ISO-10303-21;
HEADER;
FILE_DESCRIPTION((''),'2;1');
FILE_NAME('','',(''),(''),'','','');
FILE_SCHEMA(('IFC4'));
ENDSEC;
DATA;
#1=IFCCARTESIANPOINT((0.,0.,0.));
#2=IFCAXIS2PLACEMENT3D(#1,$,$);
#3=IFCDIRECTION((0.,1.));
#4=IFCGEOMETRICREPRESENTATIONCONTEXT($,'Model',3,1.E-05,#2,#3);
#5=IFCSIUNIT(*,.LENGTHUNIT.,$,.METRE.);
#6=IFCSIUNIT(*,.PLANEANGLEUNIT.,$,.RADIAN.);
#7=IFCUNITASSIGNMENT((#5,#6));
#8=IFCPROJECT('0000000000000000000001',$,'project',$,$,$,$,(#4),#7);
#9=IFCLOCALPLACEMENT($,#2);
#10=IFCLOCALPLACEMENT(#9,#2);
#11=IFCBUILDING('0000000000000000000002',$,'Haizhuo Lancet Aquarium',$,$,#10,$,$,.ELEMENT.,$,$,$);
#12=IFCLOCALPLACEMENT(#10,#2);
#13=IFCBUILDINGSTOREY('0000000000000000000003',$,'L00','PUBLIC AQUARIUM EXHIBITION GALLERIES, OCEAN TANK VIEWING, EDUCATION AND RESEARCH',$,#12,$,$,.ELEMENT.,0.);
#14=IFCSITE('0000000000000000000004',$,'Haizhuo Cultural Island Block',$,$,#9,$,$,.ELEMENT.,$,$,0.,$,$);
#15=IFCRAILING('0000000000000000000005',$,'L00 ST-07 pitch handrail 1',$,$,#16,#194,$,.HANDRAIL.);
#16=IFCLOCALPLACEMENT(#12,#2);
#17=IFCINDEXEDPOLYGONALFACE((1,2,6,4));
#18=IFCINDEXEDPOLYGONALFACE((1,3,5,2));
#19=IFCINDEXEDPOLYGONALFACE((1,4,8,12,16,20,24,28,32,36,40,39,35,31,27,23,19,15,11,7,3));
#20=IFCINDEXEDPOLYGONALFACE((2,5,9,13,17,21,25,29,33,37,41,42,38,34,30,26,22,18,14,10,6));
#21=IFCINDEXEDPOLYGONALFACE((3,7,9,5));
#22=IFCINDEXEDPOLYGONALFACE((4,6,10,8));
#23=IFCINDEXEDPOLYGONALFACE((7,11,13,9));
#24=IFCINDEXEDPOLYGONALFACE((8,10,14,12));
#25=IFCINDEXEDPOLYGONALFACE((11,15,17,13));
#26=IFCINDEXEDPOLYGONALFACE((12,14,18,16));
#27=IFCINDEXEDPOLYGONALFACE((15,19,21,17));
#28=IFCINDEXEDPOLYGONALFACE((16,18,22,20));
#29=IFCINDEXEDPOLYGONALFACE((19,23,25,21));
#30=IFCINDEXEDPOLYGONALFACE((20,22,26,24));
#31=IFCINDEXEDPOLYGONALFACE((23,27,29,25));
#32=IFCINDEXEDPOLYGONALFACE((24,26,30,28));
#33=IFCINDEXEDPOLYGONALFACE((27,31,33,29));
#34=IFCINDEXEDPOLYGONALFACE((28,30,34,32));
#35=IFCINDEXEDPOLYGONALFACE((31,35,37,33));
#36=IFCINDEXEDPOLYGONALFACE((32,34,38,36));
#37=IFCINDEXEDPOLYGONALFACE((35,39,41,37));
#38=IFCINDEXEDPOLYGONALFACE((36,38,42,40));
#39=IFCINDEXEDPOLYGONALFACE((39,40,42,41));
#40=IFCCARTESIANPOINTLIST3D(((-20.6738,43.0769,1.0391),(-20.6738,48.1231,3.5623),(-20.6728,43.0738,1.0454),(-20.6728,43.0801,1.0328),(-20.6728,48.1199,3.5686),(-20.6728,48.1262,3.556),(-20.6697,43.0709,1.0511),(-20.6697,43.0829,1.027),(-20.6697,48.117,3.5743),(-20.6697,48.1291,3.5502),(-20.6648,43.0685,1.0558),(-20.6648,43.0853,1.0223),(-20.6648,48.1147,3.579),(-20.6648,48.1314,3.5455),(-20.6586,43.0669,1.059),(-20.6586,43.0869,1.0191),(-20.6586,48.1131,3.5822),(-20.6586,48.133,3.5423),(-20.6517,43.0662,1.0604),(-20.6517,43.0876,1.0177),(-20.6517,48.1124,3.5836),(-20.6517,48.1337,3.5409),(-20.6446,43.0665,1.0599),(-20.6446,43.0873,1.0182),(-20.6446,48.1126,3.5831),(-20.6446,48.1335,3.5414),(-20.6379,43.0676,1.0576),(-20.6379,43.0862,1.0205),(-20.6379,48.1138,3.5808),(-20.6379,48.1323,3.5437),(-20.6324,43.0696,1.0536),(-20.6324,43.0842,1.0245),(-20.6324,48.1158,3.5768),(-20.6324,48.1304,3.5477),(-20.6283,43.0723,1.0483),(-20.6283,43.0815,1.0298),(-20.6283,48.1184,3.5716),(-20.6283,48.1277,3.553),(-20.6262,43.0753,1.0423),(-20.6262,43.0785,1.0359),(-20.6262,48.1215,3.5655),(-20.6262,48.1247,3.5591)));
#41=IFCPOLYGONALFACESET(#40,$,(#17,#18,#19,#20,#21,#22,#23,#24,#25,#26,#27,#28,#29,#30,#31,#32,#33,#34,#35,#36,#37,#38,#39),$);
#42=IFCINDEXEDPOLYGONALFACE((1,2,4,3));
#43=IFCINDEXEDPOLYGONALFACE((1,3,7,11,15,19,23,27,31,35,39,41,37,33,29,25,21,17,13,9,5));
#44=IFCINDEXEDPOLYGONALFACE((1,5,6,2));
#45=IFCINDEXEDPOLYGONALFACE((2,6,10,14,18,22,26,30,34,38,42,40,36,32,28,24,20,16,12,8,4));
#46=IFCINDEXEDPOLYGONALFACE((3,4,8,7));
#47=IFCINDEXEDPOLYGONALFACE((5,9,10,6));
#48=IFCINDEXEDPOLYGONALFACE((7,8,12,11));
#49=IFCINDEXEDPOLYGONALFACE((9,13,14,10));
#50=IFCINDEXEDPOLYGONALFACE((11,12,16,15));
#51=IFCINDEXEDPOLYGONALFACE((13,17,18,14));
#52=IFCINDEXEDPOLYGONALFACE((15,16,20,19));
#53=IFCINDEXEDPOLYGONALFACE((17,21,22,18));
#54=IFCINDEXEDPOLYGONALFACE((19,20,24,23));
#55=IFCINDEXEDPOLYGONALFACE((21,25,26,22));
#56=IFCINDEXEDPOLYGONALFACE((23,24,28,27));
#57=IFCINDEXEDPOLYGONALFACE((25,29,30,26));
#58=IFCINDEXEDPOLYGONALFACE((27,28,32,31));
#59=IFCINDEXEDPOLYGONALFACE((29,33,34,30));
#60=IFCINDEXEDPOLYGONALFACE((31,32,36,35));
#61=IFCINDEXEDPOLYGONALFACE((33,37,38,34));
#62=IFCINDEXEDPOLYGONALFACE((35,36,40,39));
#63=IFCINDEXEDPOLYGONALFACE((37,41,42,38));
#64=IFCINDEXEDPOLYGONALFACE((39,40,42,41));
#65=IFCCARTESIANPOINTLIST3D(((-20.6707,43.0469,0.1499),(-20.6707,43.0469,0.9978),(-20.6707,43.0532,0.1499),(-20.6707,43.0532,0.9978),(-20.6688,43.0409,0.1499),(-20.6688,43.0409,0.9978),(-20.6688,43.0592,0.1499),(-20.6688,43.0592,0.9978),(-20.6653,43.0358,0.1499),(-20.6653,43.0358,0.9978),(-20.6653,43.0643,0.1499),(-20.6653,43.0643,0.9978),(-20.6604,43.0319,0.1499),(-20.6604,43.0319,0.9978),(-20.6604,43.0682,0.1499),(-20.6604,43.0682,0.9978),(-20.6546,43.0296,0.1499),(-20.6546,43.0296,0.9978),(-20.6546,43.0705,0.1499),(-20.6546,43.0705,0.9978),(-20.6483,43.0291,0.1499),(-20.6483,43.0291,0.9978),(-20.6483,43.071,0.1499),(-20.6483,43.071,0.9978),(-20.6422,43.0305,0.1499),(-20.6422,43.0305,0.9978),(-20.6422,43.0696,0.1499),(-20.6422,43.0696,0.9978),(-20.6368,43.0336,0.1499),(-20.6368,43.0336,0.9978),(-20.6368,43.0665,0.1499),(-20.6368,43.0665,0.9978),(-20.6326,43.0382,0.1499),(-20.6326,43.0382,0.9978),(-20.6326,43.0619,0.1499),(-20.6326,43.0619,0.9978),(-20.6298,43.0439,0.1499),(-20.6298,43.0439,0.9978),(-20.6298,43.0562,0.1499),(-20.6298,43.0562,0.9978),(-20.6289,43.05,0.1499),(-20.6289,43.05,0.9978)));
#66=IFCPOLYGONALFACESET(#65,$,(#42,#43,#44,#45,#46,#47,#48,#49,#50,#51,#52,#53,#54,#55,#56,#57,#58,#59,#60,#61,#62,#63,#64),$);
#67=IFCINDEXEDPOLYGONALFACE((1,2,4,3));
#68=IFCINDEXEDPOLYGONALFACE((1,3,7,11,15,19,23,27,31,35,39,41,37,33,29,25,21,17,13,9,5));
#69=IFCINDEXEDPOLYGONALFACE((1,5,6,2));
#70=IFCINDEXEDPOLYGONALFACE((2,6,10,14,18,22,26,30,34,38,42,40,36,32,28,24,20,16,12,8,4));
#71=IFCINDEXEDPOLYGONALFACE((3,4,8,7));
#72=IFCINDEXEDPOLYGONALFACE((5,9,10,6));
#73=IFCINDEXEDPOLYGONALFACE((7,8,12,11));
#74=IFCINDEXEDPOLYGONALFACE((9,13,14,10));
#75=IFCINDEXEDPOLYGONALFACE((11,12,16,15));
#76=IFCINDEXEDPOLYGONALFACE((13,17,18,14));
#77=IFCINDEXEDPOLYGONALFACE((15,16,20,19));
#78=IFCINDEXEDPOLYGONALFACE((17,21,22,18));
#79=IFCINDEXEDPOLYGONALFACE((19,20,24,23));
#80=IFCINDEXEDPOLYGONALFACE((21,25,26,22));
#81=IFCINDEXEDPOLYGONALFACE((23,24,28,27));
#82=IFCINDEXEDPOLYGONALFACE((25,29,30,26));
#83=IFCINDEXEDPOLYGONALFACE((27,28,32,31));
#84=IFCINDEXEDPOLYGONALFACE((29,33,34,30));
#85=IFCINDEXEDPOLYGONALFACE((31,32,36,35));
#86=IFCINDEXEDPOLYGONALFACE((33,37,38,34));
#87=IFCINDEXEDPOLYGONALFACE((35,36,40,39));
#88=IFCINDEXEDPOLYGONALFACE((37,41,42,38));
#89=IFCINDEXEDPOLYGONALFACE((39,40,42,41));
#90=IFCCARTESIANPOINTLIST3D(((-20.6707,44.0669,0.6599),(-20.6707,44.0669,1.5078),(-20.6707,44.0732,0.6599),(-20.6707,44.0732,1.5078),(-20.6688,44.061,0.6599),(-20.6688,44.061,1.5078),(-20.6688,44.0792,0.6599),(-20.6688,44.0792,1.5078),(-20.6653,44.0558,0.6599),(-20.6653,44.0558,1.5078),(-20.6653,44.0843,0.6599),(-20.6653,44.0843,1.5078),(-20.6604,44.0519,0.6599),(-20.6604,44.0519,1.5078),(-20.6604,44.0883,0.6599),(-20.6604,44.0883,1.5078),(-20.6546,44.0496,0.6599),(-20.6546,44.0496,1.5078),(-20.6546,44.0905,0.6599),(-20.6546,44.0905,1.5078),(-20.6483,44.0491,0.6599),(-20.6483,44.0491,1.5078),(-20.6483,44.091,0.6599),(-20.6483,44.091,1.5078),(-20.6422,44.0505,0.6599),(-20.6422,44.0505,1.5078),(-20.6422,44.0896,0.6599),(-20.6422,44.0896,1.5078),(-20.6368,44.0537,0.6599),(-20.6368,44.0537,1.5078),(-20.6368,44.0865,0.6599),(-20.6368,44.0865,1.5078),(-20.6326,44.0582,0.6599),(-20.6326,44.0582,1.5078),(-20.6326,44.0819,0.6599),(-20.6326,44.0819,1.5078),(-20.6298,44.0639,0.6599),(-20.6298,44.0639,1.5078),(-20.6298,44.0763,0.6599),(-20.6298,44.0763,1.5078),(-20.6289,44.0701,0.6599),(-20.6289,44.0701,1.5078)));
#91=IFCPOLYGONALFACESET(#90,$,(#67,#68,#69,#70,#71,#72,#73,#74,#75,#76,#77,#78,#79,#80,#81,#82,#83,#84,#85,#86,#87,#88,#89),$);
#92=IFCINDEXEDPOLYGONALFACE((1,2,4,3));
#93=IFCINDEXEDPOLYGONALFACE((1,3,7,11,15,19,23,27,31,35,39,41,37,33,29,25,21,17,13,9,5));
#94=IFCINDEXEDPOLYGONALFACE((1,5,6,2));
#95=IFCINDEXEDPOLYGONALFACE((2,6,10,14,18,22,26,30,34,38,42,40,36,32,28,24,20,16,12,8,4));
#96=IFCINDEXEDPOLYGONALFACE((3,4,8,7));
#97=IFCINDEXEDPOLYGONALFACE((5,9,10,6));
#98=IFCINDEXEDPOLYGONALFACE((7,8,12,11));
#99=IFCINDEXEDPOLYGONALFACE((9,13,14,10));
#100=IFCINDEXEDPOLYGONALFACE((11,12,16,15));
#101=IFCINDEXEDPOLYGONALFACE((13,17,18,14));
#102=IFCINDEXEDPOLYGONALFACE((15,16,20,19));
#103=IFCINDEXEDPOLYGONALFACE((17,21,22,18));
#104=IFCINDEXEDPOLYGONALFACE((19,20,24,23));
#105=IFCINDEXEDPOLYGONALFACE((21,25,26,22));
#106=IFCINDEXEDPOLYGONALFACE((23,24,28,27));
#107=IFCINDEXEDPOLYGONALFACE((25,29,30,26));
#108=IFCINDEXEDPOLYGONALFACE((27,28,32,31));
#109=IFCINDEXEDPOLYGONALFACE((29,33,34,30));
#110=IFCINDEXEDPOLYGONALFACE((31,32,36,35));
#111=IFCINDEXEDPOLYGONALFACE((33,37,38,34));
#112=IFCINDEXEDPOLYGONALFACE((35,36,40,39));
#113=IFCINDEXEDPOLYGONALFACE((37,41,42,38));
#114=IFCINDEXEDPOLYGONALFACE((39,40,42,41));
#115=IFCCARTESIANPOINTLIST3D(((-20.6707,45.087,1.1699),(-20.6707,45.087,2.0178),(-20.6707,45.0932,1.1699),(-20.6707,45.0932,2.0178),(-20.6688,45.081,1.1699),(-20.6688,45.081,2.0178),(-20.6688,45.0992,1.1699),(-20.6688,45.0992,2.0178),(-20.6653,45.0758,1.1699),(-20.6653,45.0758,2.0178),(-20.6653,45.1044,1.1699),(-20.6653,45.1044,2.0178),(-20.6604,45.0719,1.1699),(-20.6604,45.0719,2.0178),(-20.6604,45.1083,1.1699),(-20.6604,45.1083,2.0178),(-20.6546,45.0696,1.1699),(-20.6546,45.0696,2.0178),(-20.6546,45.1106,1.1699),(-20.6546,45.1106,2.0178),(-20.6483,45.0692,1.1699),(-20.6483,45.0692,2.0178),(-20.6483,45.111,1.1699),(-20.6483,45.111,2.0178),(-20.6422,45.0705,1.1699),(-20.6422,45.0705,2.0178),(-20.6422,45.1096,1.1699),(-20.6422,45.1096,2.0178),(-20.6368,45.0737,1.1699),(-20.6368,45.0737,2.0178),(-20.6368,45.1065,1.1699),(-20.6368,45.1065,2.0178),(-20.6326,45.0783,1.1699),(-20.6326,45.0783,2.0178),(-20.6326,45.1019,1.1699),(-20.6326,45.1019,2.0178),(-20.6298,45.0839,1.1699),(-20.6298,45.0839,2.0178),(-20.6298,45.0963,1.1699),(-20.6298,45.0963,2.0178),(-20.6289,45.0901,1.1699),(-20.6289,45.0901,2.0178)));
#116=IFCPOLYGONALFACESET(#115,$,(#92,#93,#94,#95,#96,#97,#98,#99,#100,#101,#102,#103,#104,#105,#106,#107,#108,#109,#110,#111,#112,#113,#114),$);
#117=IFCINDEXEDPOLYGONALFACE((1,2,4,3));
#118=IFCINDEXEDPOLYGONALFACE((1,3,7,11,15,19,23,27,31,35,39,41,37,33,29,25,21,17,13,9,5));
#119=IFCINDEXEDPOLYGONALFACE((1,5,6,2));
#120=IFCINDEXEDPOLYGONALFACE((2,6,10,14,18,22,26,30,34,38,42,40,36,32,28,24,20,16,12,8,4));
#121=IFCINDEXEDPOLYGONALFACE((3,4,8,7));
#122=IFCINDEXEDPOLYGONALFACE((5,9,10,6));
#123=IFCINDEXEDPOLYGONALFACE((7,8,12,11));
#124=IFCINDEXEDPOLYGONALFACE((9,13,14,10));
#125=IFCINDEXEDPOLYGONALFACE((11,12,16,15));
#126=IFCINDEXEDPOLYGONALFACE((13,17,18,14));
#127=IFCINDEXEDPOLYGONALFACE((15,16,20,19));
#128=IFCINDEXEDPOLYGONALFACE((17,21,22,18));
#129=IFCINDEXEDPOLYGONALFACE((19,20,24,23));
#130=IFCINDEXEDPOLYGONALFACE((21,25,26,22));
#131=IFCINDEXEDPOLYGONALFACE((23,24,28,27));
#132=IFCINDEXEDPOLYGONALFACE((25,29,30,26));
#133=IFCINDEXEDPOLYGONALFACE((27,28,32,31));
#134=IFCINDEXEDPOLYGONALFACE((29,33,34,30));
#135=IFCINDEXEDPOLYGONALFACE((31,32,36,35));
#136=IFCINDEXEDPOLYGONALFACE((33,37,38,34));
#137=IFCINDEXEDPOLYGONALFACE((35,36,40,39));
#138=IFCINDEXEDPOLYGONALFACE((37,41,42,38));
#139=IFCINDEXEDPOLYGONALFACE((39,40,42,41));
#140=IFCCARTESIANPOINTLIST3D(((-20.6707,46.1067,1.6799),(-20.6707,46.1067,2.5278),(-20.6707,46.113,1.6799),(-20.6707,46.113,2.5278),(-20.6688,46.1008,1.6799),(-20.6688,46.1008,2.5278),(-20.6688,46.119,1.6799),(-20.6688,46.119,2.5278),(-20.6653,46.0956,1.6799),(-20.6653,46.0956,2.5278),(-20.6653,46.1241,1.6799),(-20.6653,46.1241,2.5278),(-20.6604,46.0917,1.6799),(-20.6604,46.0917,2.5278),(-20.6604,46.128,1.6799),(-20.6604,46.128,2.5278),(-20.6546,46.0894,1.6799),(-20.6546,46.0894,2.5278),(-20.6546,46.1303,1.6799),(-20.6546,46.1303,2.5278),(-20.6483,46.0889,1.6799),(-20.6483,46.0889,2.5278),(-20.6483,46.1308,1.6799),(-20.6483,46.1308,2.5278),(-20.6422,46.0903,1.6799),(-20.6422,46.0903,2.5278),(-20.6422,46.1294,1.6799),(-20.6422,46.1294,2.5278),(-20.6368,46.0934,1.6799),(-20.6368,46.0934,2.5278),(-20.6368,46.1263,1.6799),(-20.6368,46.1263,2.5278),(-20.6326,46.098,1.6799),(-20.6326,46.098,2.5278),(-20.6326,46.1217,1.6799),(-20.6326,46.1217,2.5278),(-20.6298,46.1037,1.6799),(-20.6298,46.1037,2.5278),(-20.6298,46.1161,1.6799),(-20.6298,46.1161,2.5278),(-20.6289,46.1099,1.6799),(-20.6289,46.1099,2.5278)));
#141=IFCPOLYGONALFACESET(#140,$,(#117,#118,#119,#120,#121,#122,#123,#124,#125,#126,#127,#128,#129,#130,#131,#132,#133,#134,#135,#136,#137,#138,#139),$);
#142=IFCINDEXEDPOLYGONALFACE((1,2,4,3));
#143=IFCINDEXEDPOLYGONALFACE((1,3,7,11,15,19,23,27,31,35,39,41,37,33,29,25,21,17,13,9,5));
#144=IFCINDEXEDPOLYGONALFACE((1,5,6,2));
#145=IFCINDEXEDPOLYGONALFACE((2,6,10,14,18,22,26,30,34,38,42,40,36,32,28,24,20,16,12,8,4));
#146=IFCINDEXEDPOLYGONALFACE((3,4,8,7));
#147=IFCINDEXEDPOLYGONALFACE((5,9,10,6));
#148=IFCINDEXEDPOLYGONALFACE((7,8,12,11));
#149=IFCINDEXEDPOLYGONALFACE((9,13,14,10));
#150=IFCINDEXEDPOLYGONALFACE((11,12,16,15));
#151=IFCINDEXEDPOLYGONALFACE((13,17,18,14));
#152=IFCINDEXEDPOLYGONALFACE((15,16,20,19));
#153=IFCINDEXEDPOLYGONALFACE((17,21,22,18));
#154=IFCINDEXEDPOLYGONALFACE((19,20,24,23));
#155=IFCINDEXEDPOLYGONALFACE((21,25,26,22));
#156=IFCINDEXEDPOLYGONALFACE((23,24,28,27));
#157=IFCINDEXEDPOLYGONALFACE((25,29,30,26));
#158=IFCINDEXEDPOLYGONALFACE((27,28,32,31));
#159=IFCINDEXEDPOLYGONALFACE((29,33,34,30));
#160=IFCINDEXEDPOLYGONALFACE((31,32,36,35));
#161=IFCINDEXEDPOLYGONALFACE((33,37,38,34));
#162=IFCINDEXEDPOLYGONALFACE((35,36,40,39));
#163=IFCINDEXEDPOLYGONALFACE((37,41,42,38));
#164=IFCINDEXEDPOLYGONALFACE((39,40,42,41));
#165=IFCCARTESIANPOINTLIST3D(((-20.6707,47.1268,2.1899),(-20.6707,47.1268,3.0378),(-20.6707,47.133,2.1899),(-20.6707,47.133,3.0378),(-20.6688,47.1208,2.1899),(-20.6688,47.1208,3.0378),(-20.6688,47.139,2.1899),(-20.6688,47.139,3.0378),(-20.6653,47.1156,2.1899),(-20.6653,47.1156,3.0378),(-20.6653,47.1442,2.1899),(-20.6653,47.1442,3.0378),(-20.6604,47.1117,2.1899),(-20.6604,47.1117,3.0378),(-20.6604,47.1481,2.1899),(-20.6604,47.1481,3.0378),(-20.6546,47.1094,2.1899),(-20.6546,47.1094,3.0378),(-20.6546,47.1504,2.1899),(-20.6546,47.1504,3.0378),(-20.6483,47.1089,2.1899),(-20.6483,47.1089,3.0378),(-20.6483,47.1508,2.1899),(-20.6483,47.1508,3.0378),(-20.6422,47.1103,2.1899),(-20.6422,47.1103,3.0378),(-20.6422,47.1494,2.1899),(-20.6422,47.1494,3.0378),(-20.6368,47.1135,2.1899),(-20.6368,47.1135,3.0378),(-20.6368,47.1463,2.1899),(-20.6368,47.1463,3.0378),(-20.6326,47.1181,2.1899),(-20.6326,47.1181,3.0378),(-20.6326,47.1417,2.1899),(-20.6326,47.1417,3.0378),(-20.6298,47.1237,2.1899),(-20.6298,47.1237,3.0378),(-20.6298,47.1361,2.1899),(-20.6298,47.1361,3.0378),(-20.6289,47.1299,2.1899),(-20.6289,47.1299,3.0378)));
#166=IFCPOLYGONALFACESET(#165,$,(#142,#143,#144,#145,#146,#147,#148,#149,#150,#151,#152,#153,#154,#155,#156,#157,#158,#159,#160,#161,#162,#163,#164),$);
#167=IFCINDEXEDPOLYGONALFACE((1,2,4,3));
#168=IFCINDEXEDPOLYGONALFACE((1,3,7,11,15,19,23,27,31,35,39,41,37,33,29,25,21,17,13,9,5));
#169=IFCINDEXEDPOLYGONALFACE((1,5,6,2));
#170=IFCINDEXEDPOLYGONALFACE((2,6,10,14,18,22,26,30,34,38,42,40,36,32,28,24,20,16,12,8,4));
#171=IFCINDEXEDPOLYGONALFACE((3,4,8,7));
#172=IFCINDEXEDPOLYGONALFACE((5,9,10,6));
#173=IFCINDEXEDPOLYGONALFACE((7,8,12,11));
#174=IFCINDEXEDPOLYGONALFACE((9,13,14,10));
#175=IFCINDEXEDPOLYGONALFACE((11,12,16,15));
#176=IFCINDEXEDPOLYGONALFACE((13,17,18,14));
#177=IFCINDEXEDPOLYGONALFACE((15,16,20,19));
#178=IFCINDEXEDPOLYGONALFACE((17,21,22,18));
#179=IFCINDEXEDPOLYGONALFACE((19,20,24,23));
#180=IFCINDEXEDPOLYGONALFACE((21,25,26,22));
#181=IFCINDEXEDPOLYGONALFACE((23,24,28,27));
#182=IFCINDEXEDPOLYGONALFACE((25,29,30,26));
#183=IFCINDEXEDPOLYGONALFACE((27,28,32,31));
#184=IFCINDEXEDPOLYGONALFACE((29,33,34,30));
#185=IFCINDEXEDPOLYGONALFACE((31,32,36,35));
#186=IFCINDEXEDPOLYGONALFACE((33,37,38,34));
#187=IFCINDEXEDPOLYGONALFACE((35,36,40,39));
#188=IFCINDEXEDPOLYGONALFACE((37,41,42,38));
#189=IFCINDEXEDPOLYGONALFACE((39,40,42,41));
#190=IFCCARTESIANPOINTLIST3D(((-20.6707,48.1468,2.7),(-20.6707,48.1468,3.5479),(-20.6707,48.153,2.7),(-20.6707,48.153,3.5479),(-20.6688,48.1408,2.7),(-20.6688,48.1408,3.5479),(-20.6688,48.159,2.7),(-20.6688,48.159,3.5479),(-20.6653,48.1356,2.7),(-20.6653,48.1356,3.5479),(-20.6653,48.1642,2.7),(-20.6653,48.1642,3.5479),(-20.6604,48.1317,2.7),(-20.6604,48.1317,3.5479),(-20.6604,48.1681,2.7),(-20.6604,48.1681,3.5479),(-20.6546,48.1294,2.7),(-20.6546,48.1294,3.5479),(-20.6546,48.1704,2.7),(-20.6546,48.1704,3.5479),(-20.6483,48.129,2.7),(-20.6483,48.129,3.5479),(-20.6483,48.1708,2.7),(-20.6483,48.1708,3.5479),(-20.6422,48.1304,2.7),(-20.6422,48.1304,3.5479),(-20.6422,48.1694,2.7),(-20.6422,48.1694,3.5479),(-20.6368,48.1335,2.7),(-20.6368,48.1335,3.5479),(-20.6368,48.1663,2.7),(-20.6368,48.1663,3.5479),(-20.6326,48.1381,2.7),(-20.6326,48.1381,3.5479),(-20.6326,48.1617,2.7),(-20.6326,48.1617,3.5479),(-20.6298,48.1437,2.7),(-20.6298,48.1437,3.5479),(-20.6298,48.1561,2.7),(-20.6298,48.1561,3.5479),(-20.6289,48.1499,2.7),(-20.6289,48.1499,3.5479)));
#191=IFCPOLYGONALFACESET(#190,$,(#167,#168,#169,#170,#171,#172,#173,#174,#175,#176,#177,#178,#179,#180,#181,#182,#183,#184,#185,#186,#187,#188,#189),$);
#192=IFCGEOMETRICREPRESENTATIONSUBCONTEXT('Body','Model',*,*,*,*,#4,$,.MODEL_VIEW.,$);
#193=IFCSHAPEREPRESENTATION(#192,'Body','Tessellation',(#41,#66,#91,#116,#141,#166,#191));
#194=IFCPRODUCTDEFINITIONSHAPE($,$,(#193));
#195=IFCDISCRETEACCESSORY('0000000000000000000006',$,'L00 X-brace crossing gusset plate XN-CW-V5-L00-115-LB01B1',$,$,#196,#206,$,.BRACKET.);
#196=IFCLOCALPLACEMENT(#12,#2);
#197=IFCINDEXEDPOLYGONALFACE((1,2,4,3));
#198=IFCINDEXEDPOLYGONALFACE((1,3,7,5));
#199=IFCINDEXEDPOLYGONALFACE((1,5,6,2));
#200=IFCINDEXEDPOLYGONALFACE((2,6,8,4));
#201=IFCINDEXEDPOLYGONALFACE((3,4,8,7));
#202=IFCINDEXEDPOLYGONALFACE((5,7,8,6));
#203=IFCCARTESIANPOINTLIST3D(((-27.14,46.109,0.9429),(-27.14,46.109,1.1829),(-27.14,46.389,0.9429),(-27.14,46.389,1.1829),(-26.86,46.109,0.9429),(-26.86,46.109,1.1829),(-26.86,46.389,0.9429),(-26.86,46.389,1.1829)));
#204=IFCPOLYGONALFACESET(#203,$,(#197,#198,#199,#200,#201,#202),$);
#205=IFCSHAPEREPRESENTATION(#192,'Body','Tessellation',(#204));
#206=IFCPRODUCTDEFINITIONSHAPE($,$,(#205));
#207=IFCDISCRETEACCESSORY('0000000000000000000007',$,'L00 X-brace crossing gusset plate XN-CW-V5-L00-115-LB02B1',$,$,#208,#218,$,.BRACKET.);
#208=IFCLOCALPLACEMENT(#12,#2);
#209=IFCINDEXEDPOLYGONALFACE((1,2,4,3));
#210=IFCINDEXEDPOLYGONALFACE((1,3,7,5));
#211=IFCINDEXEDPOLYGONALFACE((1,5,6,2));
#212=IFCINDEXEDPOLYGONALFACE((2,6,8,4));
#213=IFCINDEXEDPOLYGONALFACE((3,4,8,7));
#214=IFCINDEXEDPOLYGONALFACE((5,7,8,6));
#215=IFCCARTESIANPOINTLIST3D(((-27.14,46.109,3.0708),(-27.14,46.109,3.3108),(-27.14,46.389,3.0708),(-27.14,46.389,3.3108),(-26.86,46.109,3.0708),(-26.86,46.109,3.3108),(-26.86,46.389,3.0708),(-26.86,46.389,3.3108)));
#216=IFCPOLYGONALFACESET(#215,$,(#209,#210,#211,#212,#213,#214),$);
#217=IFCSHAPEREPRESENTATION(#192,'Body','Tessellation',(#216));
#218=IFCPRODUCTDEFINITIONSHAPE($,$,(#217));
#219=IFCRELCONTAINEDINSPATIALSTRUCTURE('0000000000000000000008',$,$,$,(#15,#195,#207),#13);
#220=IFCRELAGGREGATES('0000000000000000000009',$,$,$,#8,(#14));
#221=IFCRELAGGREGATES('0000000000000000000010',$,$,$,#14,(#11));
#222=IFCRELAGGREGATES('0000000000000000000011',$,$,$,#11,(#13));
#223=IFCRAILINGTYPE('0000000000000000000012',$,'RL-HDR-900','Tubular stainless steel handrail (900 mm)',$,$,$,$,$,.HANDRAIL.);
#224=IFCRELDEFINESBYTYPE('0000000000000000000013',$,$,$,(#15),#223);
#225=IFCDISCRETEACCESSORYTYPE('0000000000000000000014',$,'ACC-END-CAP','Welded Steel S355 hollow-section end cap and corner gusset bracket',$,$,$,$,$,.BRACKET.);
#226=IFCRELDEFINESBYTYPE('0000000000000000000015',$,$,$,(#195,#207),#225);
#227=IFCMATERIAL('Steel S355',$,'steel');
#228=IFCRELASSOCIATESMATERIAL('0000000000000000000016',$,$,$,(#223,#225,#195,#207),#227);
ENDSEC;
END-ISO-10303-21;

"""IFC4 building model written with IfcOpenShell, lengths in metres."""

from ifc_helpers import new_model, si_unit, direction, frame, origin, origin_2d, place, context, subcontext, project, spatial, rectangle, circle, extrude, material, type_object, element, save


model = new_model("IFC4")

# Units and contexts
model_context = context("Model", 3, precision=1e-05, world=origin(), true_north=direction((0.0, 1.0)))
body_context = subcontext(model_context, "Body", "Model", "MODEL_VIEW")
ifc_project = project(units=[si_unit("LENGTHUNIT", "METRE"), si_unit("PLANEANGLEUNIT", "RADIAN")], contexts=[model_context])

# Site, building, storey
site_placement = place(None, origin())
site = spatial("IfcSite", under=ifc_project, at=site_placement, Name="Haizhuo Cultural Island Block", CompositionType="ELEMENT", RefElevation=0.0)
building_placement = place(site_placement, origin())
building = spatial("IfcBuilding", under=site, at=building_placement, Name="Haizhuo Lancet Aquarium", CompositionType="ELEMENT")
storey_placement = place(building_placement, origin())
storey = spatial("IfcBuildingStorey", under=building, at=storey_placement, Name="L00", Description="PUBLIC AQUARIUM EXHIBITION GALLERIES, OCEAN TANK VIEWING, EDUCATION AND RESEARCH", CompositionType="ELEMENT", Elevation=0.0)

# Shared definitions
ifc_material_1 = material(Name="Steel S355", Category="steel")

# Railing
railing_type_1 = type_object("IfcRailingType", Name="RL-HDR-900", Description="Tubular stainless steel handrail (900 mm)", PredefinedType="HANDRAIL", material=ifc_material_1)
railing_1_placement = place(storey_placement, frame((-20.6499, 43.05, 0.1499)))
element("IfcRailing", 1, at=railing_1_placement, inside=storey, type_object=railing_type_1, Name="L00 ST-07 pitch handrail 1", PredefinedType="HANDRAIL", context=body_context, shape_type="SweptSolid", body=[
    extrude(circle(Radius=0.0239, at=origin_2d()), frame((0.0, 0.0269, 0.8892), z_axis=(0.0, 0.894419, 0.447231), x_axis=(-1.0, 0.0, 0.0)), (0.0, 0.0, 1.0), 5.6418),
    extrude(circle(Radius=0.021, at=origin_2d()), origin(), (0.0, 0.0, 1.0), 0.8479),
    extrude(circle(Radius=0.021, at=origin_2d()), frame((0.0, 1.02, 0.51)), (0.0, 0.0, 1.0), 0.8479),
    extrude(circle(Radius=0.021, at=origin_2d()), frame((0.0, 2.04, 1.02)), (0.0, 0.0, 1.0), 0.8479),
    extrude(circle(Radius=0.021, at=origin_2d()), frame((0.0, 3.0598, 1.53)), (0.0, 0.0, 1.0), 0.8479),
    extrude(circle(Radius=0.021, at=origin_2d()), frame((0.0, 4.0798, 2.04)), (0.0, 0.0, 1.0), 0.8479),
    extrude(circle(Radius=0.021, at=origin_2d()), frame((0.0, 5.0999, 2.55)), (0.0, 0.0, 1.0), 0.8479),
])

# Discrete accessories
discrete_accessory_type = type_object("IfcDiscreteAccessoryType", Name="ACC-END-CAP", Description="Welded Steel S355 hollow-section end cap and corner gusset bracket", PredefinedType="BRACKET", material=ifc_material_1)
for number, where, z_axis, x_axis, name in (
    (2, (-27.0, 46.249, 0.9429), (0.0, 0.0, 1.0), (1.0, 0.0, 0.0), "L00 X-brace crossing gusset plate XN-CW-V5-L00-115-LB01B1"),
    (3, (-27.0, 46.249, 3.0708), (0.0, 0.0, 1.0), (1.0, 0.0, 0.0), "L00 X-brace crossing gusset plate XN-CW-V5-L00-115-LB02B1"),
):
    element("IfcDiscreteAccessory", number, at=place(storey_placement, frame(where, z_axis=z_axis, x_axis=x_axis)), inside=storey, type_object=discrete_accessory_type, material=ifc_material_1, Name=name, PredefinedType="BRACKET", context=body_context, shape_type="SweptSolid", body=[
        extrude(rectangle(XDim=0.28, YDim=0.28, at=origin_2d()), origin(), (0.0, 0.0, 1.0), 0.24),
    ])

save(model, "model.ifc")
